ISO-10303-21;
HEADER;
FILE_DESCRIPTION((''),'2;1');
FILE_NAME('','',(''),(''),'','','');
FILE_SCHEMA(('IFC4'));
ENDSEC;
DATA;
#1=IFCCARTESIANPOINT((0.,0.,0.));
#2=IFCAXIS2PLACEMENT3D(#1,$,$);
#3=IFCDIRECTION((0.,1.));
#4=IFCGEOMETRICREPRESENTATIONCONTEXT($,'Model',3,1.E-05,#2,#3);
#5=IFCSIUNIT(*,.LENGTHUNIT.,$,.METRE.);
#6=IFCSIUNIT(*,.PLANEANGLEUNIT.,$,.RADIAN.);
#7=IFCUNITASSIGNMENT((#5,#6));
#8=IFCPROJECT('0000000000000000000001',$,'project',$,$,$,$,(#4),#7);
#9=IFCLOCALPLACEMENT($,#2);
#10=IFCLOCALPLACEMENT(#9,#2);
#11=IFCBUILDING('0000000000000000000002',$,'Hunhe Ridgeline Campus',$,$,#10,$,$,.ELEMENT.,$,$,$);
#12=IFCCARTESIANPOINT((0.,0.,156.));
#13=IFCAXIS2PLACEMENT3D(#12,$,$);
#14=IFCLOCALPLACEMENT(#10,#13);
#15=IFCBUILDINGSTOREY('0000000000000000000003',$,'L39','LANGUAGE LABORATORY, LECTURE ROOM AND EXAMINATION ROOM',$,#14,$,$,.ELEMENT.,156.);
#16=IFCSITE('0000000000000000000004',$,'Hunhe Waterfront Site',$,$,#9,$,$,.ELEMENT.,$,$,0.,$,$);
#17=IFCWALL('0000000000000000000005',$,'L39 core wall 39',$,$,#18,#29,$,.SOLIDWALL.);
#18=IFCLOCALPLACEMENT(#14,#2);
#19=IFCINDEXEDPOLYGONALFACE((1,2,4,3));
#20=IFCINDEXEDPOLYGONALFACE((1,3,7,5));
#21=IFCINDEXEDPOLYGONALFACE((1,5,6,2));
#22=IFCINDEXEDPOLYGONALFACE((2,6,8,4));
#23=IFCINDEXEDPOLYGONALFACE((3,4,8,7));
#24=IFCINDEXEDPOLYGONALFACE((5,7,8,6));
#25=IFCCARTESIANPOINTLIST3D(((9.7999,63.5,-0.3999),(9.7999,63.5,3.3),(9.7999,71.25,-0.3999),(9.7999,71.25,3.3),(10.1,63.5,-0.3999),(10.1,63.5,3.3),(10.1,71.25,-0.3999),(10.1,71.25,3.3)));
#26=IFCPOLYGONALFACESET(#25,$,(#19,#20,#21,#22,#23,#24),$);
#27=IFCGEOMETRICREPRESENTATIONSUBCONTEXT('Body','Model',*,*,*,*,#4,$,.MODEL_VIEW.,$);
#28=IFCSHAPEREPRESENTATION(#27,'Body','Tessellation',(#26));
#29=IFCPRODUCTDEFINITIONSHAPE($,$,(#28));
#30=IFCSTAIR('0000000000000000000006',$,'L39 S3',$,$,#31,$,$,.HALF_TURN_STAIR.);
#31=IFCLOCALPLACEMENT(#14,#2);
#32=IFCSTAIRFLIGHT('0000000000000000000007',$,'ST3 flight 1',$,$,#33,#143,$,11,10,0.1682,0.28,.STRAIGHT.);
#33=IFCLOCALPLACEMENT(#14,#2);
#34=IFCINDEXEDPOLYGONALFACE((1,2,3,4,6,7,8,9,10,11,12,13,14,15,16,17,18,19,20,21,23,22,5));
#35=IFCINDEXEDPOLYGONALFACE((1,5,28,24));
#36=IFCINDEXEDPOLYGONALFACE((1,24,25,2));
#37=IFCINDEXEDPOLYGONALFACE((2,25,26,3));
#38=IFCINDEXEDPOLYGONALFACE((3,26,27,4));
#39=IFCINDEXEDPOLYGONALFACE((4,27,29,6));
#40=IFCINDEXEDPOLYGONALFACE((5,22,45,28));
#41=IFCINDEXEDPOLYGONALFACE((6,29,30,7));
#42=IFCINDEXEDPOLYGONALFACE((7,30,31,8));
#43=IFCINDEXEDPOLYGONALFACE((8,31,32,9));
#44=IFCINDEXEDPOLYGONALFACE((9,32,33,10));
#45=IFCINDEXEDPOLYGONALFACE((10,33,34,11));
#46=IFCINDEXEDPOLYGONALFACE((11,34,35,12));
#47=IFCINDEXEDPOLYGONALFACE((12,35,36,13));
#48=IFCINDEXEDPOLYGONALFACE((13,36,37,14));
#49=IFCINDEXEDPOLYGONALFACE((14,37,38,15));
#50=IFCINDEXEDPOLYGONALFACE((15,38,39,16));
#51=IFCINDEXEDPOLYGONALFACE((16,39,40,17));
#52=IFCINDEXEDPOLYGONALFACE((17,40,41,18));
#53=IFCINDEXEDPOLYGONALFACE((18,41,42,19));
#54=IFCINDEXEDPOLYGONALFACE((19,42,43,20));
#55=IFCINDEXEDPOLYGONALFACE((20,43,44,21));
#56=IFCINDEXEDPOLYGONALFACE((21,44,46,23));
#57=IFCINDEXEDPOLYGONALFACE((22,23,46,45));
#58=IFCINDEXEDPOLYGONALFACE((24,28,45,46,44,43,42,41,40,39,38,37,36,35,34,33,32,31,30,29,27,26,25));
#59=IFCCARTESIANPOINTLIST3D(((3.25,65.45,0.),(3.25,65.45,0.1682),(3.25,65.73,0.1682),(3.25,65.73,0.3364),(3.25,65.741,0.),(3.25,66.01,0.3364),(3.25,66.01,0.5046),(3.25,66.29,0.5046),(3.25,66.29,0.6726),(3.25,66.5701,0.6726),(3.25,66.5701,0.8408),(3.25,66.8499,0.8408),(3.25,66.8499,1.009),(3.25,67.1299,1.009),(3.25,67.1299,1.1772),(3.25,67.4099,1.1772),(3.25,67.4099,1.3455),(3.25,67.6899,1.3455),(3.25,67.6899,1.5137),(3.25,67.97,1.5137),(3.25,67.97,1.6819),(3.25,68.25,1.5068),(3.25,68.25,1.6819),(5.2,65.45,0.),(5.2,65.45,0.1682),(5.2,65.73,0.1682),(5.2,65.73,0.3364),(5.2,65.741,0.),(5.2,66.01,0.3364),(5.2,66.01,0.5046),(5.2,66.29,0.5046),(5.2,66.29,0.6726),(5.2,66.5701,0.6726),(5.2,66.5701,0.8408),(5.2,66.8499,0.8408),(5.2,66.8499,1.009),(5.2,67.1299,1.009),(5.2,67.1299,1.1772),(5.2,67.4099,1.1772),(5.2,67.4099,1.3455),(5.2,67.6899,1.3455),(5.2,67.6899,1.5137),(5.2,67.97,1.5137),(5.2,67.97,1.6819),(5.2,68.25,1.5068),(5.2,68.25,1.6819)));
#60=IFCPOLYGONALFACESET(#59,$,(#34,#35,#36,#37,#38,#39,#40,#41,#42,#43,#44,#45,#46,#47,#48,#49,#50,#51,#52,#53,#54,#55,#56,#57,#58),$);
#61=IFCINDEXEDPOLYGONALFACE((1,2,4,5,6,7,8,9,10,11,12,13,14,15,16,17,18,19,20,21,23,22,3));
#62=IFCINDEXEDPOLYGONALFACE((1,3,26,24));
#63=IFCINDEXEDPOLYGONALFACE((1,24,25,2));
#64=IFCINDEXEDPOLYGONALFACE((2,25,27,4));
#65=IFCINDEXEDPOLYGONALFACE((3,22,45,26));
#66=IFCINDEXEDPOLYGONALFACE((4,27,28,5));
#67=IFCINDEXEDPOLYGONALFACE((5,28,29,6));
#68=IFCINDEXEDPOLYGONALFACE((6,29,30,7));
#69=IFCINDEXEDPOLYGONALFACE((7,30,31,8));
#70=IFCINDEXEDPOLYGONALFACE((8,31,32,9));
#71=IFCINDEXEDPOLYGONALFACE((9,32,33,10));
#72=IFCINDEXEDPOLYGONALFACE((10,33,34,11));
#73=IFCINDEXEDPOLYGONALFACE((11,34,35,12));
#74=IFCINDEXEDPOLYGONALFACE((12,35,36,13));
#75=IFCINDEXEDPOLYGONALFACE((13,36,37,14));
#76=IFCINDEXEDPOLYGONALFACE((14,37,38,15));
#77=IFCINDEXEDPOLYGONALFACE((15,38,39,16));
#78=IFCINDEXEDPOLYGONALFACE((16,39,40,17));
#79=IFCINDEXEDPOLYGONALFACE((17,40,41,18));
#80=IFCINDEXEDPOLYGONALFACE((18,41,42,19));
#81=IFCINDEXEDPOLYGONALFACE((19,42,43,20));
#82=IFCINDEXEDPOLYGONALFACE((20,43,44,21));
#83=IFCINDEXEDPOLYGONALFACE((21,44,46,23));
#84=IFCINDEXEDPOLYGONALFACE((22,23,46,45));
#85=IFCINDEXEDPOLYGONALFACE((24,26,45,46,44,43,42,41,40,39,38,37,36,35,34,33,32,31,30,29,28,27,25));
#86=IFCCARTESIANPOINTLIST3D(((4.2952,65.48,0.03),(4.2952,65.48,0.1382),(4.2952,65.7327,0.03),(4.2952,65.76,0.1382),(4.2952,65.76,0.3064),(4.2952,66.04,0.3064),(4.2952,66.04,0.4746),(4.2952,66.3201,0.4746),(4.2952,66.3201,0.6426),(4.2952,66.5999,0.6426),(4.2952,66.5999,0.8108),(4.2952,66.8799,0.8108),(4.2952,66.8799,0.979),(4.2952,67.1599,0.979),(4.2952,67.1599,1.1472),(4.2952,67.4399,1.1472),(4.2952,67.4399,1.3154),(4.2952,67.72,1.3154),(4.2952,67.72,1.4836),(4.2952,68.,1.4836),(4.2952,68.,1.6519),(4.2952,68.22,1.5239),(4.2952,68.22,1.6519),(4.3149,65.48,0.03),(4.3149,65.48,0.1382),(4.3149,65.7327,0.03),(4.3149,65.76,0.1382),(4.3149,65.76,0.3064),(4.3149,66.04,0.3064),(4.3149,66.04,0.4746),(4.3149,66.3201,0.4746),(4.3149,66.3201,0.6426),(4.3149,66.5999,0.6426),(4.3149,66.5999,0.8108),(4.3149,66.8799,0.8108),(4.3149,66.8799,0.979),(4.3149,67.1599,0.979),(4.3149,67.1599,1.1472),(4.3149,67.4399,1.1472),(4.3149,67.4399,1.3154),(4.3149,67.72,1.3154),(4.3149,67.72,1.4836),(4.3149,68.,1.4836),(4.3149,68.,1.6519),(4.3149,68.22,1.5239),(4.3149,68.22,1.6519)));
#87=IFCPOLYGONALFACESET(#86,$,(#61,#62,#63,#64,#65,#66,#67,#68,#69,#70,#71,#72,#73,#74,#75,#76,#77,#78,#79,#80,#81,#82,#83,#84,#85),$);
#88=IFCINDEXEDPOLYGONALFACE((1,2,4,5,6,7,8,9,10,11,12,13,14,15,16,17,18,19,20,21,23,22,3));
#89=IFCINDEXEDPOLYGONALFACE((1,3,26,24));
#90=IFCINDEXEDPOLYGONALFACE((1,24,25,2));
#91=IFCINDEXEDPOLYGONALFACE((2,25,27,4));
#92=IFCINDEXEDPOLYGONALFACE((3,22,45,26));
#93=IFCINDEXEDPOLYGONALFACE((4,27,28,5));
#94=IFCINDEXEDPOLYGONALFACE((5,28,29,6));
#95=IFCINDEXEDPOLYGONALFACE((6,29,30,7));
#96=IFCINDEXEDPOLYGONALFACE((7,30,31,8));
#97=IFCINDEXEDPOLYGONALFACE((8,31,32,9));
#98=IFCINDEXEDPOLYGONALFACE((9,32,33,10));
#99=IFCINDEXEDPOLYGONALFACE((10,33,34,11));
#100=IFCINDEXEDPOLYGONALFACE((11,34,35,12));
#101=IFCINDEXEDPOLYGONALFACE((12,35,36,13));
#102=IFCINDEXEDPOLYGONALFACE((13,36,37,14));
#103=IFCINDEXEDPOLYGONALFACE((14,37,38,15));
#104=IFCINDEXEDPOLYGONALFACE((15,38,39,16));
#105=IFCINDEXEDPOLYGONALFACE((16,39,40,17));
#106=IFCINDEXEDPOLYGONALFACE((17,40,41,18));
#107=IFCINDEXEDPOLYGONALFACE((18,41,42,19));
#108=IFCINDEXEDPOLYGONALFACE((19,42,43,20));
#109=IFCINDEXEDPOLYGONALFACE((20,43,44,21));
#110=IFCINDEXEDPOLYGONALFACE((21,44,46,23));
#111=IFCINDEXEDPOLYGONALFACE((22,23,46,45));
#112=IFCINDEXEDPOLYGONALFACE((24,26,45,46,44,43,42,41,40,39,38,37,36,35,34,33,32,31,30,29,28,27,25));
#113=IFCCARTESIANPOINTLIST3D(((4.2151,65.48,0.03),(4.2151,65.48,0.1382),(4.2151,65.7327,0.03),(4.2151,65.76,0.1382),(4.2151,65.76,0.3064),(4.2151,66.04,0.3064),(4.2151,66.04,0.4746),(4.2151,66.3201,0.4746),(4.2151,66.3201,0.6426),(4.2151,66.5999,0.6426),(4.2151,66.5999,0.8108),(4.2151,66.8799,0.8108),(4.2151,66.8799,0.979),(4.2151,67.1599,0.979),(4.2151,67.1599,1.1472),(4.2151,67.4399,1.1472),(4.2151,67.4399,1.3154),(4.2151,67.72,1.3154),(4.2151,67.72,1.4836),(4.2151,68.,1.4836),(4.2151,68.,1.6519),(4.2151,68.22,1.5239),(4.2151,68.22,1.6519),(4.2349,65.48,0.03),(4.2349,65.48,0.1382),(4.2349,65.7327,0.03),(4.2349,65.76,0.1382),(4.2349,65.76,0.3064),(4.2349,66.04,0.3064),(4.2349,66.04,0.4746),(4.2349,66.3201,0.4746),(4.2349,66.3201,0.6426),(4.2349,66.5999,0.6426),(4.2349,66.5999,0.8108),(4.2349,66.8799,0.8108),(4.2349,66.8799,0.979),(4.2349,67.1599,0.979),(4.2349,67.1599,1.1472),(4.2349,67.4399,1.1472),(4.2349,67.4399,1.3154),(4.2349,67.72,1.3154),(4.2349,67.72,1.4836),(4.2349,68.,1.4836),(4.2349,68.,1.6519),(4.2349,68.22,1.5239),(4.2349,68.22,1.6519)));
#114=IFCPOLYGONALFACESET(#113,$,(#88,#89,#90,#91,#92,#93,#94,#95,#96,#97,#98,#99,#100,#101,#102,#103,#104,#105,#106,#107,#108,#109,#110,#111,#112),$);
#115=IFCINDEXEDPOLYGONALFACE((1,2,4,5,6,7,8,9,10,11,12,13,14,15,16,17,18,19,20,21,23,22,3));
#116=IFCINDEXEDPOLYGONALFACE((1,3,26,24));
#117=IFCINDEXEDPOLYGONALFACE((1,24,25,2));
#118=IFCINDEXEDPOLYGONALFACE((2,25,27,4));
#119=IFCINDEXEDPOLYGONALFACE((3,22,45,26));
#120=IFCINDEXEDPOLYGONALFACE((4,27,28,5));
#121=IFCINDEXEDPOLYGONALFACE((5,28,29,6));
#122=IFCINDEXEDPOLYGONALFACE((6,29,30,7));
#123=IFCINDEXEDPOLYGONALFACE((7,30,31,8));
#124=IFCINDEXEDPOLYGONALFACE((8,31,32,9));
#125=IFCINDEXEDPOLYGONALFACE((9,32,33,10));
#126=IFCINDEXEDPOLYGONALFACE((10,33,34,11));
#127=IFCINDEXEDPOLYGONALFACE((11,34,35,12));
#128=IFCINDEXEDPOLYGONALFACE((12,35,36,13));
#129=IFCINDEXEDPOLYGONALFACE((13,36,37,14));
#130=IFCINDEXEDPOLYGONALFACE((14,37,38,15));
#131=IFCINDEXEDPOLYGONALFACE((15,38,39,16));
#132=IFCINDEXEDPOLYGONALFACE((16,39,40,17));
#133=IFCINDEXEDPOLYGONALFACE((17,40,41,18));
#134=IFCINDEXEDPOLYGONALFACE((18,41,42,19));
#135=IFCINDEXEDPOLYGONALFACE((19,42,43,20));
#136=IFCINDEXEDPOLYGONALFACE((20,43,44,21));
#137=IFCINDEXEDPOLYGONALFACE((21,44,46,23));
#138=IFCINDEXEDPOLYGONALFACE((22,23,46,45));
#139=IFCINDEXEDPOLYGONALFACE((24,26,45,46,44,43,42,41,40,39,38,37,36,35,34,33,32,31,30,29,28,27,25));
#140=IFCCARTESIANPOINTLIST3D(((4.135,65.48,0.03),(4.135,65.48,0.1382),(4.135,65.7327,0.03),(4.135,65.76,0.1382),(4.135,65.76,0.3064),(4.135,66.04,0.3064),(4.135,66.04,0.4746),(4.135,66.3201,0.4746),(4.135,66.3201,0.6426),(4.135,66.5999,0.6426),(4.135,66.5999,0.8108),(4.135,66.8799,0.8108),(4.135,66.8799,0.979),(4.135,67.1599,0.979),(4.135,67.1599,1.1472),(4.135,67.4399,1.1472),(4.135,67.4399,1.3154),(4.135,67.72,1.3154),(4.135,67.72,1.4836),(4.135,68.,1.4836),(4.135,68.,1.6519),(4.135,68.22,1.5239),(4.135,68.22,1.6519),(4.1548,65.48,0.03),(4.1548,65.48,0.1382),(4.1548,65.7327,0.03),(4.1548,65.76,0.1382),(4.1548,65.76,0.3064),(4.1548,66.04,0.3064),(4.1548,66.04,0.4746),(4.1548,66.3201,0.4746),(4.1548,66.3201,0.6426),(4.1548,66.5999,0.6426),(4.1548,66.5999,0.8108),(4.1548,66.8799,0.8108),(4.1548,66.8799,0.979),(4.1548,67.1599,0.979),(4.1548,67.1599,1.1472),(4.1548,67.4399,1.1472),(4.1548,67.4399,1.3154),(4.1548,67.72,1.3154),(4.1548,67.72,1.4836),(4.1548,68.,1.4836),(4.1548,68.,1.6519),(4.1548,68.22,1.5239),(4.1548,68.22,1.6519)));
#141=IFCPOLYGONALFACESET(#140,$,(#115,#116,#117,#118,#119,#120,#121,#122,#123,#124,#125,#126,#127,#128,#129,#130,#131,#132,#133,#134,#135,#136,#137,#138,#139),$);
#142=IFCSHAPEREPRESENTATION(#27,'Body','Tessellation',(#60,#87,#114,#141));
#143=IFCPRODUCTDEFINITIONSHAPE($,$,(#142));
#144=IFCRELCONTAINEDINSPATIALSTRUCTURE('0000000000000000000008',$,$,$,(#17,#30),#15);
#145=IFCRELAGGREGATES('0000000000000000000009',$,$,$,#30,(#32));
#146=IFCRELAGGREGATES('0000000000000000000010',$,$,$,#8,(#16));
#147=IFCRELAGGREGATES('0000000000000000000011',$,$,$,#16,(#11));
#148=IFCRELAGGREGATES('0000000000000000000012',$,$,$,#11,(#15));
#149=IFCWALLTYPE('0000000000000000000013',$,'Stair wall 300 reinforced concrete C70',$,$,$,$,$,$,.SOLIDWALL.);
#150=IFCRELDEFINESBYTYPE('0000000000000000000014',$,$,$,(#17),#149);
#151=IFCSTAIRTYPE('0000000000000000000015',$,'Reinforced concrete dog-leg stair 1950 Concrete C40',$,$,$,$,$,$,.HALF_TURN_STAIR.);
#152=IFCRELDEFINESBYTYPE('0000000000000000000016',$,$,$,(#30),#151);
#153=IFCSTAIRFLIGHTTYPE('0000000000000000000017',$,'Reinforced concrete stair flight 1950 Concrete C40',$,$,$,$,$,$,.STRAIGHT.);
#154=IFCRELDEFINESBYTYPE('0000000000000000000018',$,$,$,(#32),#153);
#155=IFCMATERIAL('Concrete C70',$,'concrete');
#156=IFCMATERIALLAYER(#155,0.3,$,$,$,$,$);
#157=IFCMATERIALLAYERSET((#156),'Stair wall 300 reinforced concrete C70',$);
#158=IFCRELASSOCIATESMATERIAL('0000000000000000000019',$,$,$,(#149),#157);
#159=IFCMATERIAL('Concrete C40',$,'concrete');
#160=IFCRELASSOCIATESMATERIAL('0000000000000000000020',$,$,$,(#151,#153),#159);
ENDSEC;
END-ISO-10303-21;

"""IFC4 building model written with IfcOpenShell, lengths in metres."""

from ifc_helpers import new_model, si_unit, direction, frame, frame_2d, origin, place, context, subcontext, project, spatial, polyline, rectangle, outline, extrude, material, layer, layer_set, type_object, element, aggregate, save


model = new_model("IFC4")

# Units and contexts
model_context = context("Model", 3, precision=1e-05, world=origin(), true_north=direction((0.0, 1.0)))
body_context = subcontext(model_context, "Body", "Model", "MODEL_VIEW")
ifc_project = project(units=[si_unit("LENGTHUNIT", "METRE"), si_unit("PLANEANGLEUNIT", "RADIAN")], contexts=[model_context])

# Site, building, storey
site_placement = place(None, origin())
site = spatial("IfcSite", under=ifc_project, at=site_placement, Name="Hunhe Waterfront Site", CompositionType="ELEMENT", RefElevation=0.0)
building_placement = place(site_placement, origin())
building = spatial("IfcBuilding", under=site, at=building_placement, Name="Hunhe Ridgeline Campus", CompositionType="ELEMENT")
storey_placement = place(building_placement, frame((0.0, 0.0, 156.0)))
storey = spatial("IfcBuildingStorey", under=building, at=storey_placement, Name="L39", Description="LANGUAGE LABORATORY, LECTURE ROOM AND EXAMINATION ROOM", CompositionType="ELEMENT", Elevation=156.0)

# Shared definitions
ifc_material_1 = material(Name="Concrete C70", Category="concrete")

# Shared definitions
ifc_layer_1 = layer(ifc_material_1, 0.3)
ifc_layer_set_1 = layer_set([ifc_layer_1], Name="Stair wall 300 reinforced concrete C70")
wall_type_1 = type_object("IfcWallType", Name="Stair wall 300 reinforced concrete C70", PredefinedType="SOLIDWALL", material=ifc_layer_set_1)

# Wall
wall_1_placement = place(storey_placement, frame((9.95, 63.5, -0.3999), z_axis=(0.0, 0.0, 1.0), x_axis=(0.0, 1.0, 0.0)))
element("IfcWall", 1, at=wall_1_placement, inside=storey, type_object=wall_type_1, Name="L39 core wall 39", PredefinedType="SOLIDWALL", context=body_context, shape_type="SweptSolid", body=[
    extrude(rectangle(XDim=7.75, YDim=0.3, at=frame_2d((3.875, 0.0))), origin(), (0.0, 0.0, 1.0), 3.7),
])

# Stair, stair flight
ifc_material_2 = material(Name="Concrete C40", Category="concrete")
stair_type = type_object("IfcStairType", Name="Reinforced concrete dog-leg stair 1950 Concrete C40", PredefinedType="HALF_TURN_STAIR", material=ifc_material_2)
stair_1_placement = place(storey_placement, origin())
stair_1 = element("IfcStair", 2, at=stair_1_placement, inside=storey, type_object=stair_type, Name="L39 S3", PredefinedType="HALF_TURN_STAIR")
stair_flight_type = type_object("IfcStairFlightType", Name="Reinforced concrete stair flight 1950 Concrete C40", PredefinedType="STRAIGHT", material=ifc_material_2)
stair_flight_1_placement = place(storey_placement, frame((4.2251, 65.45, 0.0), z_axis=(0.0, 0.0, 1.0), x_axis=(0.0, 1.0, 0.0)))
stair_flight_1 = element("IfcStairFlight", 3, at=stair_flight_1_placement, type_object=stair_flight_type, Name="ST3 flight 1", NumberOfRisers=11, NumberOfTreads=10, PredefinedType="STRAIGHT", RiserHeight=0.1682, TreadLength=0.28, context=body_context, shape_type="SweptSolid", body=[
    extrude(outline(polyline([(0.0, 0.0), (0.0, 0.1682), (0.28, 0.1682), (0.28, 0.3364), (0.5601, 0.3364), (0.5601, 0.5046), (0.8401, 0.5046), (0.8401, 0.6726), (1.1201, 0.6726), (1.1201, 0.8408), (1.3999, 0.8408), (1.3999, 1.009), (1.6799, 1.009), (1.6799, 1.1772), (1.96, 1.1772), (1.96, 1.3455), (2.24, 1.3455), (2.24, 1.5137), (2.52, 1.5137), (2.52, 1.6819), (2.8, 1.6819), (2.8, 1.8501), (2.8, 1.5068), (0.291, 0.0), (0.0, 0.0)])), frame((0.0, 0.9751, 0.0), z_axis=(0.0, -1.0, 0.0), x_axis=(1.0, 0.0, 0.0)), (0.0, 0.0, 1.0), 1.95),
    extrude(outline(polyline([(0.03, 0.03), (0.03, 0.1382), (0.3101, 0.1382), (0.3101, 0.3064), (0.5901, 0.3064), (0.5901, 0.4746), (0.8701, 0.4746), (0.8701, 0.6426), (1.1499, 0.6426), (1.1499, 0.8108), (1.4299, 0.8108), (1.4299, 0.979), (1.71, 0.979), (1.71, 1.1472), (1.99, 1.1472), (1.99, 1.3154), (2.27, 1.3154), (2.27, 1.4836), (2.55, 1.4836), (2.55, 1.6519), (2.77, 1.6519), (2.77, 1.5239), (0.2827, 0.03), (0.03, 0.03)])), frame((0.0, -0.0701, 0.0), z_axis=(0.0, -1.0, 0.0), x_axis=(1.0, 0.0, 0.0)), (0.0, 0.0, 1.0), 0.0198),
    extrude(outline(polyline([(0.03, 0.03), (0.03, 0.1382), (0.3101, 0.1382), (0.3101, 0.3064), (0.5901, 0.3064), (0.5901, 0.4746), (0.8701, 0.4746), (0.8701, 0.6426), (1.1499, 0.6426), (1.1499, 0.8108), (1.4299, 0.8108), (1.4299, 0.979), (1.71, 0.979), (1.71, 1.1472), (1.99, 1.1472), (1.99, 1.3154), (2.27, 1.3154), (2.27, 1.4836), (2.55, 1.4836), (2.55, 1.6519), (2.77, 1.6519), (2.77, 1.5239), (0.2827, 0.03), (0.03, 0.03)])), frame((0.0, 0.01, 0.0), z_axis=(0.0, -1.0, 0.0), x_axis=(1.0, 0.0, 0.0)), (0.0, 0.0, 1.0), 0.0198),
    extrude(outline(polyline([(0.03, 0.03), (0.03, 0.1382), (0.3101, 0.1382), (0.3101, 0.3064), (0.5901, 0.3064), (0.5901, 0.4746), (0.8701, 0.4746), (0.8701, 0.6426), (1.1499, 0.6426), (1.1499, 0.8108), (1.4299, 0.8108), (1.4299, 0.979), (1.71, 0.979), (1.71, 1.1472), (1.99, 1.1472), (1.99, 1.3154), (2.27, 1.3154), (2.27, 1.4836), (2.55, 1.4836), (2.55, 1.6519), (2.77, 1.6519), (2.77, 1.5239), (0.2827, 0.03), (0.03, 0.03)])), frame((0.0, 0.0901, 0.0), z_axis=(0.0, -1.0, 0.0), x_axis=(1.0, 0.0, 0.0)), (0.0, 0.0, 1.0), 0.0198),
])
aggregate(stair_1, [stair_flight_1])

save(model, "model.ifc")
